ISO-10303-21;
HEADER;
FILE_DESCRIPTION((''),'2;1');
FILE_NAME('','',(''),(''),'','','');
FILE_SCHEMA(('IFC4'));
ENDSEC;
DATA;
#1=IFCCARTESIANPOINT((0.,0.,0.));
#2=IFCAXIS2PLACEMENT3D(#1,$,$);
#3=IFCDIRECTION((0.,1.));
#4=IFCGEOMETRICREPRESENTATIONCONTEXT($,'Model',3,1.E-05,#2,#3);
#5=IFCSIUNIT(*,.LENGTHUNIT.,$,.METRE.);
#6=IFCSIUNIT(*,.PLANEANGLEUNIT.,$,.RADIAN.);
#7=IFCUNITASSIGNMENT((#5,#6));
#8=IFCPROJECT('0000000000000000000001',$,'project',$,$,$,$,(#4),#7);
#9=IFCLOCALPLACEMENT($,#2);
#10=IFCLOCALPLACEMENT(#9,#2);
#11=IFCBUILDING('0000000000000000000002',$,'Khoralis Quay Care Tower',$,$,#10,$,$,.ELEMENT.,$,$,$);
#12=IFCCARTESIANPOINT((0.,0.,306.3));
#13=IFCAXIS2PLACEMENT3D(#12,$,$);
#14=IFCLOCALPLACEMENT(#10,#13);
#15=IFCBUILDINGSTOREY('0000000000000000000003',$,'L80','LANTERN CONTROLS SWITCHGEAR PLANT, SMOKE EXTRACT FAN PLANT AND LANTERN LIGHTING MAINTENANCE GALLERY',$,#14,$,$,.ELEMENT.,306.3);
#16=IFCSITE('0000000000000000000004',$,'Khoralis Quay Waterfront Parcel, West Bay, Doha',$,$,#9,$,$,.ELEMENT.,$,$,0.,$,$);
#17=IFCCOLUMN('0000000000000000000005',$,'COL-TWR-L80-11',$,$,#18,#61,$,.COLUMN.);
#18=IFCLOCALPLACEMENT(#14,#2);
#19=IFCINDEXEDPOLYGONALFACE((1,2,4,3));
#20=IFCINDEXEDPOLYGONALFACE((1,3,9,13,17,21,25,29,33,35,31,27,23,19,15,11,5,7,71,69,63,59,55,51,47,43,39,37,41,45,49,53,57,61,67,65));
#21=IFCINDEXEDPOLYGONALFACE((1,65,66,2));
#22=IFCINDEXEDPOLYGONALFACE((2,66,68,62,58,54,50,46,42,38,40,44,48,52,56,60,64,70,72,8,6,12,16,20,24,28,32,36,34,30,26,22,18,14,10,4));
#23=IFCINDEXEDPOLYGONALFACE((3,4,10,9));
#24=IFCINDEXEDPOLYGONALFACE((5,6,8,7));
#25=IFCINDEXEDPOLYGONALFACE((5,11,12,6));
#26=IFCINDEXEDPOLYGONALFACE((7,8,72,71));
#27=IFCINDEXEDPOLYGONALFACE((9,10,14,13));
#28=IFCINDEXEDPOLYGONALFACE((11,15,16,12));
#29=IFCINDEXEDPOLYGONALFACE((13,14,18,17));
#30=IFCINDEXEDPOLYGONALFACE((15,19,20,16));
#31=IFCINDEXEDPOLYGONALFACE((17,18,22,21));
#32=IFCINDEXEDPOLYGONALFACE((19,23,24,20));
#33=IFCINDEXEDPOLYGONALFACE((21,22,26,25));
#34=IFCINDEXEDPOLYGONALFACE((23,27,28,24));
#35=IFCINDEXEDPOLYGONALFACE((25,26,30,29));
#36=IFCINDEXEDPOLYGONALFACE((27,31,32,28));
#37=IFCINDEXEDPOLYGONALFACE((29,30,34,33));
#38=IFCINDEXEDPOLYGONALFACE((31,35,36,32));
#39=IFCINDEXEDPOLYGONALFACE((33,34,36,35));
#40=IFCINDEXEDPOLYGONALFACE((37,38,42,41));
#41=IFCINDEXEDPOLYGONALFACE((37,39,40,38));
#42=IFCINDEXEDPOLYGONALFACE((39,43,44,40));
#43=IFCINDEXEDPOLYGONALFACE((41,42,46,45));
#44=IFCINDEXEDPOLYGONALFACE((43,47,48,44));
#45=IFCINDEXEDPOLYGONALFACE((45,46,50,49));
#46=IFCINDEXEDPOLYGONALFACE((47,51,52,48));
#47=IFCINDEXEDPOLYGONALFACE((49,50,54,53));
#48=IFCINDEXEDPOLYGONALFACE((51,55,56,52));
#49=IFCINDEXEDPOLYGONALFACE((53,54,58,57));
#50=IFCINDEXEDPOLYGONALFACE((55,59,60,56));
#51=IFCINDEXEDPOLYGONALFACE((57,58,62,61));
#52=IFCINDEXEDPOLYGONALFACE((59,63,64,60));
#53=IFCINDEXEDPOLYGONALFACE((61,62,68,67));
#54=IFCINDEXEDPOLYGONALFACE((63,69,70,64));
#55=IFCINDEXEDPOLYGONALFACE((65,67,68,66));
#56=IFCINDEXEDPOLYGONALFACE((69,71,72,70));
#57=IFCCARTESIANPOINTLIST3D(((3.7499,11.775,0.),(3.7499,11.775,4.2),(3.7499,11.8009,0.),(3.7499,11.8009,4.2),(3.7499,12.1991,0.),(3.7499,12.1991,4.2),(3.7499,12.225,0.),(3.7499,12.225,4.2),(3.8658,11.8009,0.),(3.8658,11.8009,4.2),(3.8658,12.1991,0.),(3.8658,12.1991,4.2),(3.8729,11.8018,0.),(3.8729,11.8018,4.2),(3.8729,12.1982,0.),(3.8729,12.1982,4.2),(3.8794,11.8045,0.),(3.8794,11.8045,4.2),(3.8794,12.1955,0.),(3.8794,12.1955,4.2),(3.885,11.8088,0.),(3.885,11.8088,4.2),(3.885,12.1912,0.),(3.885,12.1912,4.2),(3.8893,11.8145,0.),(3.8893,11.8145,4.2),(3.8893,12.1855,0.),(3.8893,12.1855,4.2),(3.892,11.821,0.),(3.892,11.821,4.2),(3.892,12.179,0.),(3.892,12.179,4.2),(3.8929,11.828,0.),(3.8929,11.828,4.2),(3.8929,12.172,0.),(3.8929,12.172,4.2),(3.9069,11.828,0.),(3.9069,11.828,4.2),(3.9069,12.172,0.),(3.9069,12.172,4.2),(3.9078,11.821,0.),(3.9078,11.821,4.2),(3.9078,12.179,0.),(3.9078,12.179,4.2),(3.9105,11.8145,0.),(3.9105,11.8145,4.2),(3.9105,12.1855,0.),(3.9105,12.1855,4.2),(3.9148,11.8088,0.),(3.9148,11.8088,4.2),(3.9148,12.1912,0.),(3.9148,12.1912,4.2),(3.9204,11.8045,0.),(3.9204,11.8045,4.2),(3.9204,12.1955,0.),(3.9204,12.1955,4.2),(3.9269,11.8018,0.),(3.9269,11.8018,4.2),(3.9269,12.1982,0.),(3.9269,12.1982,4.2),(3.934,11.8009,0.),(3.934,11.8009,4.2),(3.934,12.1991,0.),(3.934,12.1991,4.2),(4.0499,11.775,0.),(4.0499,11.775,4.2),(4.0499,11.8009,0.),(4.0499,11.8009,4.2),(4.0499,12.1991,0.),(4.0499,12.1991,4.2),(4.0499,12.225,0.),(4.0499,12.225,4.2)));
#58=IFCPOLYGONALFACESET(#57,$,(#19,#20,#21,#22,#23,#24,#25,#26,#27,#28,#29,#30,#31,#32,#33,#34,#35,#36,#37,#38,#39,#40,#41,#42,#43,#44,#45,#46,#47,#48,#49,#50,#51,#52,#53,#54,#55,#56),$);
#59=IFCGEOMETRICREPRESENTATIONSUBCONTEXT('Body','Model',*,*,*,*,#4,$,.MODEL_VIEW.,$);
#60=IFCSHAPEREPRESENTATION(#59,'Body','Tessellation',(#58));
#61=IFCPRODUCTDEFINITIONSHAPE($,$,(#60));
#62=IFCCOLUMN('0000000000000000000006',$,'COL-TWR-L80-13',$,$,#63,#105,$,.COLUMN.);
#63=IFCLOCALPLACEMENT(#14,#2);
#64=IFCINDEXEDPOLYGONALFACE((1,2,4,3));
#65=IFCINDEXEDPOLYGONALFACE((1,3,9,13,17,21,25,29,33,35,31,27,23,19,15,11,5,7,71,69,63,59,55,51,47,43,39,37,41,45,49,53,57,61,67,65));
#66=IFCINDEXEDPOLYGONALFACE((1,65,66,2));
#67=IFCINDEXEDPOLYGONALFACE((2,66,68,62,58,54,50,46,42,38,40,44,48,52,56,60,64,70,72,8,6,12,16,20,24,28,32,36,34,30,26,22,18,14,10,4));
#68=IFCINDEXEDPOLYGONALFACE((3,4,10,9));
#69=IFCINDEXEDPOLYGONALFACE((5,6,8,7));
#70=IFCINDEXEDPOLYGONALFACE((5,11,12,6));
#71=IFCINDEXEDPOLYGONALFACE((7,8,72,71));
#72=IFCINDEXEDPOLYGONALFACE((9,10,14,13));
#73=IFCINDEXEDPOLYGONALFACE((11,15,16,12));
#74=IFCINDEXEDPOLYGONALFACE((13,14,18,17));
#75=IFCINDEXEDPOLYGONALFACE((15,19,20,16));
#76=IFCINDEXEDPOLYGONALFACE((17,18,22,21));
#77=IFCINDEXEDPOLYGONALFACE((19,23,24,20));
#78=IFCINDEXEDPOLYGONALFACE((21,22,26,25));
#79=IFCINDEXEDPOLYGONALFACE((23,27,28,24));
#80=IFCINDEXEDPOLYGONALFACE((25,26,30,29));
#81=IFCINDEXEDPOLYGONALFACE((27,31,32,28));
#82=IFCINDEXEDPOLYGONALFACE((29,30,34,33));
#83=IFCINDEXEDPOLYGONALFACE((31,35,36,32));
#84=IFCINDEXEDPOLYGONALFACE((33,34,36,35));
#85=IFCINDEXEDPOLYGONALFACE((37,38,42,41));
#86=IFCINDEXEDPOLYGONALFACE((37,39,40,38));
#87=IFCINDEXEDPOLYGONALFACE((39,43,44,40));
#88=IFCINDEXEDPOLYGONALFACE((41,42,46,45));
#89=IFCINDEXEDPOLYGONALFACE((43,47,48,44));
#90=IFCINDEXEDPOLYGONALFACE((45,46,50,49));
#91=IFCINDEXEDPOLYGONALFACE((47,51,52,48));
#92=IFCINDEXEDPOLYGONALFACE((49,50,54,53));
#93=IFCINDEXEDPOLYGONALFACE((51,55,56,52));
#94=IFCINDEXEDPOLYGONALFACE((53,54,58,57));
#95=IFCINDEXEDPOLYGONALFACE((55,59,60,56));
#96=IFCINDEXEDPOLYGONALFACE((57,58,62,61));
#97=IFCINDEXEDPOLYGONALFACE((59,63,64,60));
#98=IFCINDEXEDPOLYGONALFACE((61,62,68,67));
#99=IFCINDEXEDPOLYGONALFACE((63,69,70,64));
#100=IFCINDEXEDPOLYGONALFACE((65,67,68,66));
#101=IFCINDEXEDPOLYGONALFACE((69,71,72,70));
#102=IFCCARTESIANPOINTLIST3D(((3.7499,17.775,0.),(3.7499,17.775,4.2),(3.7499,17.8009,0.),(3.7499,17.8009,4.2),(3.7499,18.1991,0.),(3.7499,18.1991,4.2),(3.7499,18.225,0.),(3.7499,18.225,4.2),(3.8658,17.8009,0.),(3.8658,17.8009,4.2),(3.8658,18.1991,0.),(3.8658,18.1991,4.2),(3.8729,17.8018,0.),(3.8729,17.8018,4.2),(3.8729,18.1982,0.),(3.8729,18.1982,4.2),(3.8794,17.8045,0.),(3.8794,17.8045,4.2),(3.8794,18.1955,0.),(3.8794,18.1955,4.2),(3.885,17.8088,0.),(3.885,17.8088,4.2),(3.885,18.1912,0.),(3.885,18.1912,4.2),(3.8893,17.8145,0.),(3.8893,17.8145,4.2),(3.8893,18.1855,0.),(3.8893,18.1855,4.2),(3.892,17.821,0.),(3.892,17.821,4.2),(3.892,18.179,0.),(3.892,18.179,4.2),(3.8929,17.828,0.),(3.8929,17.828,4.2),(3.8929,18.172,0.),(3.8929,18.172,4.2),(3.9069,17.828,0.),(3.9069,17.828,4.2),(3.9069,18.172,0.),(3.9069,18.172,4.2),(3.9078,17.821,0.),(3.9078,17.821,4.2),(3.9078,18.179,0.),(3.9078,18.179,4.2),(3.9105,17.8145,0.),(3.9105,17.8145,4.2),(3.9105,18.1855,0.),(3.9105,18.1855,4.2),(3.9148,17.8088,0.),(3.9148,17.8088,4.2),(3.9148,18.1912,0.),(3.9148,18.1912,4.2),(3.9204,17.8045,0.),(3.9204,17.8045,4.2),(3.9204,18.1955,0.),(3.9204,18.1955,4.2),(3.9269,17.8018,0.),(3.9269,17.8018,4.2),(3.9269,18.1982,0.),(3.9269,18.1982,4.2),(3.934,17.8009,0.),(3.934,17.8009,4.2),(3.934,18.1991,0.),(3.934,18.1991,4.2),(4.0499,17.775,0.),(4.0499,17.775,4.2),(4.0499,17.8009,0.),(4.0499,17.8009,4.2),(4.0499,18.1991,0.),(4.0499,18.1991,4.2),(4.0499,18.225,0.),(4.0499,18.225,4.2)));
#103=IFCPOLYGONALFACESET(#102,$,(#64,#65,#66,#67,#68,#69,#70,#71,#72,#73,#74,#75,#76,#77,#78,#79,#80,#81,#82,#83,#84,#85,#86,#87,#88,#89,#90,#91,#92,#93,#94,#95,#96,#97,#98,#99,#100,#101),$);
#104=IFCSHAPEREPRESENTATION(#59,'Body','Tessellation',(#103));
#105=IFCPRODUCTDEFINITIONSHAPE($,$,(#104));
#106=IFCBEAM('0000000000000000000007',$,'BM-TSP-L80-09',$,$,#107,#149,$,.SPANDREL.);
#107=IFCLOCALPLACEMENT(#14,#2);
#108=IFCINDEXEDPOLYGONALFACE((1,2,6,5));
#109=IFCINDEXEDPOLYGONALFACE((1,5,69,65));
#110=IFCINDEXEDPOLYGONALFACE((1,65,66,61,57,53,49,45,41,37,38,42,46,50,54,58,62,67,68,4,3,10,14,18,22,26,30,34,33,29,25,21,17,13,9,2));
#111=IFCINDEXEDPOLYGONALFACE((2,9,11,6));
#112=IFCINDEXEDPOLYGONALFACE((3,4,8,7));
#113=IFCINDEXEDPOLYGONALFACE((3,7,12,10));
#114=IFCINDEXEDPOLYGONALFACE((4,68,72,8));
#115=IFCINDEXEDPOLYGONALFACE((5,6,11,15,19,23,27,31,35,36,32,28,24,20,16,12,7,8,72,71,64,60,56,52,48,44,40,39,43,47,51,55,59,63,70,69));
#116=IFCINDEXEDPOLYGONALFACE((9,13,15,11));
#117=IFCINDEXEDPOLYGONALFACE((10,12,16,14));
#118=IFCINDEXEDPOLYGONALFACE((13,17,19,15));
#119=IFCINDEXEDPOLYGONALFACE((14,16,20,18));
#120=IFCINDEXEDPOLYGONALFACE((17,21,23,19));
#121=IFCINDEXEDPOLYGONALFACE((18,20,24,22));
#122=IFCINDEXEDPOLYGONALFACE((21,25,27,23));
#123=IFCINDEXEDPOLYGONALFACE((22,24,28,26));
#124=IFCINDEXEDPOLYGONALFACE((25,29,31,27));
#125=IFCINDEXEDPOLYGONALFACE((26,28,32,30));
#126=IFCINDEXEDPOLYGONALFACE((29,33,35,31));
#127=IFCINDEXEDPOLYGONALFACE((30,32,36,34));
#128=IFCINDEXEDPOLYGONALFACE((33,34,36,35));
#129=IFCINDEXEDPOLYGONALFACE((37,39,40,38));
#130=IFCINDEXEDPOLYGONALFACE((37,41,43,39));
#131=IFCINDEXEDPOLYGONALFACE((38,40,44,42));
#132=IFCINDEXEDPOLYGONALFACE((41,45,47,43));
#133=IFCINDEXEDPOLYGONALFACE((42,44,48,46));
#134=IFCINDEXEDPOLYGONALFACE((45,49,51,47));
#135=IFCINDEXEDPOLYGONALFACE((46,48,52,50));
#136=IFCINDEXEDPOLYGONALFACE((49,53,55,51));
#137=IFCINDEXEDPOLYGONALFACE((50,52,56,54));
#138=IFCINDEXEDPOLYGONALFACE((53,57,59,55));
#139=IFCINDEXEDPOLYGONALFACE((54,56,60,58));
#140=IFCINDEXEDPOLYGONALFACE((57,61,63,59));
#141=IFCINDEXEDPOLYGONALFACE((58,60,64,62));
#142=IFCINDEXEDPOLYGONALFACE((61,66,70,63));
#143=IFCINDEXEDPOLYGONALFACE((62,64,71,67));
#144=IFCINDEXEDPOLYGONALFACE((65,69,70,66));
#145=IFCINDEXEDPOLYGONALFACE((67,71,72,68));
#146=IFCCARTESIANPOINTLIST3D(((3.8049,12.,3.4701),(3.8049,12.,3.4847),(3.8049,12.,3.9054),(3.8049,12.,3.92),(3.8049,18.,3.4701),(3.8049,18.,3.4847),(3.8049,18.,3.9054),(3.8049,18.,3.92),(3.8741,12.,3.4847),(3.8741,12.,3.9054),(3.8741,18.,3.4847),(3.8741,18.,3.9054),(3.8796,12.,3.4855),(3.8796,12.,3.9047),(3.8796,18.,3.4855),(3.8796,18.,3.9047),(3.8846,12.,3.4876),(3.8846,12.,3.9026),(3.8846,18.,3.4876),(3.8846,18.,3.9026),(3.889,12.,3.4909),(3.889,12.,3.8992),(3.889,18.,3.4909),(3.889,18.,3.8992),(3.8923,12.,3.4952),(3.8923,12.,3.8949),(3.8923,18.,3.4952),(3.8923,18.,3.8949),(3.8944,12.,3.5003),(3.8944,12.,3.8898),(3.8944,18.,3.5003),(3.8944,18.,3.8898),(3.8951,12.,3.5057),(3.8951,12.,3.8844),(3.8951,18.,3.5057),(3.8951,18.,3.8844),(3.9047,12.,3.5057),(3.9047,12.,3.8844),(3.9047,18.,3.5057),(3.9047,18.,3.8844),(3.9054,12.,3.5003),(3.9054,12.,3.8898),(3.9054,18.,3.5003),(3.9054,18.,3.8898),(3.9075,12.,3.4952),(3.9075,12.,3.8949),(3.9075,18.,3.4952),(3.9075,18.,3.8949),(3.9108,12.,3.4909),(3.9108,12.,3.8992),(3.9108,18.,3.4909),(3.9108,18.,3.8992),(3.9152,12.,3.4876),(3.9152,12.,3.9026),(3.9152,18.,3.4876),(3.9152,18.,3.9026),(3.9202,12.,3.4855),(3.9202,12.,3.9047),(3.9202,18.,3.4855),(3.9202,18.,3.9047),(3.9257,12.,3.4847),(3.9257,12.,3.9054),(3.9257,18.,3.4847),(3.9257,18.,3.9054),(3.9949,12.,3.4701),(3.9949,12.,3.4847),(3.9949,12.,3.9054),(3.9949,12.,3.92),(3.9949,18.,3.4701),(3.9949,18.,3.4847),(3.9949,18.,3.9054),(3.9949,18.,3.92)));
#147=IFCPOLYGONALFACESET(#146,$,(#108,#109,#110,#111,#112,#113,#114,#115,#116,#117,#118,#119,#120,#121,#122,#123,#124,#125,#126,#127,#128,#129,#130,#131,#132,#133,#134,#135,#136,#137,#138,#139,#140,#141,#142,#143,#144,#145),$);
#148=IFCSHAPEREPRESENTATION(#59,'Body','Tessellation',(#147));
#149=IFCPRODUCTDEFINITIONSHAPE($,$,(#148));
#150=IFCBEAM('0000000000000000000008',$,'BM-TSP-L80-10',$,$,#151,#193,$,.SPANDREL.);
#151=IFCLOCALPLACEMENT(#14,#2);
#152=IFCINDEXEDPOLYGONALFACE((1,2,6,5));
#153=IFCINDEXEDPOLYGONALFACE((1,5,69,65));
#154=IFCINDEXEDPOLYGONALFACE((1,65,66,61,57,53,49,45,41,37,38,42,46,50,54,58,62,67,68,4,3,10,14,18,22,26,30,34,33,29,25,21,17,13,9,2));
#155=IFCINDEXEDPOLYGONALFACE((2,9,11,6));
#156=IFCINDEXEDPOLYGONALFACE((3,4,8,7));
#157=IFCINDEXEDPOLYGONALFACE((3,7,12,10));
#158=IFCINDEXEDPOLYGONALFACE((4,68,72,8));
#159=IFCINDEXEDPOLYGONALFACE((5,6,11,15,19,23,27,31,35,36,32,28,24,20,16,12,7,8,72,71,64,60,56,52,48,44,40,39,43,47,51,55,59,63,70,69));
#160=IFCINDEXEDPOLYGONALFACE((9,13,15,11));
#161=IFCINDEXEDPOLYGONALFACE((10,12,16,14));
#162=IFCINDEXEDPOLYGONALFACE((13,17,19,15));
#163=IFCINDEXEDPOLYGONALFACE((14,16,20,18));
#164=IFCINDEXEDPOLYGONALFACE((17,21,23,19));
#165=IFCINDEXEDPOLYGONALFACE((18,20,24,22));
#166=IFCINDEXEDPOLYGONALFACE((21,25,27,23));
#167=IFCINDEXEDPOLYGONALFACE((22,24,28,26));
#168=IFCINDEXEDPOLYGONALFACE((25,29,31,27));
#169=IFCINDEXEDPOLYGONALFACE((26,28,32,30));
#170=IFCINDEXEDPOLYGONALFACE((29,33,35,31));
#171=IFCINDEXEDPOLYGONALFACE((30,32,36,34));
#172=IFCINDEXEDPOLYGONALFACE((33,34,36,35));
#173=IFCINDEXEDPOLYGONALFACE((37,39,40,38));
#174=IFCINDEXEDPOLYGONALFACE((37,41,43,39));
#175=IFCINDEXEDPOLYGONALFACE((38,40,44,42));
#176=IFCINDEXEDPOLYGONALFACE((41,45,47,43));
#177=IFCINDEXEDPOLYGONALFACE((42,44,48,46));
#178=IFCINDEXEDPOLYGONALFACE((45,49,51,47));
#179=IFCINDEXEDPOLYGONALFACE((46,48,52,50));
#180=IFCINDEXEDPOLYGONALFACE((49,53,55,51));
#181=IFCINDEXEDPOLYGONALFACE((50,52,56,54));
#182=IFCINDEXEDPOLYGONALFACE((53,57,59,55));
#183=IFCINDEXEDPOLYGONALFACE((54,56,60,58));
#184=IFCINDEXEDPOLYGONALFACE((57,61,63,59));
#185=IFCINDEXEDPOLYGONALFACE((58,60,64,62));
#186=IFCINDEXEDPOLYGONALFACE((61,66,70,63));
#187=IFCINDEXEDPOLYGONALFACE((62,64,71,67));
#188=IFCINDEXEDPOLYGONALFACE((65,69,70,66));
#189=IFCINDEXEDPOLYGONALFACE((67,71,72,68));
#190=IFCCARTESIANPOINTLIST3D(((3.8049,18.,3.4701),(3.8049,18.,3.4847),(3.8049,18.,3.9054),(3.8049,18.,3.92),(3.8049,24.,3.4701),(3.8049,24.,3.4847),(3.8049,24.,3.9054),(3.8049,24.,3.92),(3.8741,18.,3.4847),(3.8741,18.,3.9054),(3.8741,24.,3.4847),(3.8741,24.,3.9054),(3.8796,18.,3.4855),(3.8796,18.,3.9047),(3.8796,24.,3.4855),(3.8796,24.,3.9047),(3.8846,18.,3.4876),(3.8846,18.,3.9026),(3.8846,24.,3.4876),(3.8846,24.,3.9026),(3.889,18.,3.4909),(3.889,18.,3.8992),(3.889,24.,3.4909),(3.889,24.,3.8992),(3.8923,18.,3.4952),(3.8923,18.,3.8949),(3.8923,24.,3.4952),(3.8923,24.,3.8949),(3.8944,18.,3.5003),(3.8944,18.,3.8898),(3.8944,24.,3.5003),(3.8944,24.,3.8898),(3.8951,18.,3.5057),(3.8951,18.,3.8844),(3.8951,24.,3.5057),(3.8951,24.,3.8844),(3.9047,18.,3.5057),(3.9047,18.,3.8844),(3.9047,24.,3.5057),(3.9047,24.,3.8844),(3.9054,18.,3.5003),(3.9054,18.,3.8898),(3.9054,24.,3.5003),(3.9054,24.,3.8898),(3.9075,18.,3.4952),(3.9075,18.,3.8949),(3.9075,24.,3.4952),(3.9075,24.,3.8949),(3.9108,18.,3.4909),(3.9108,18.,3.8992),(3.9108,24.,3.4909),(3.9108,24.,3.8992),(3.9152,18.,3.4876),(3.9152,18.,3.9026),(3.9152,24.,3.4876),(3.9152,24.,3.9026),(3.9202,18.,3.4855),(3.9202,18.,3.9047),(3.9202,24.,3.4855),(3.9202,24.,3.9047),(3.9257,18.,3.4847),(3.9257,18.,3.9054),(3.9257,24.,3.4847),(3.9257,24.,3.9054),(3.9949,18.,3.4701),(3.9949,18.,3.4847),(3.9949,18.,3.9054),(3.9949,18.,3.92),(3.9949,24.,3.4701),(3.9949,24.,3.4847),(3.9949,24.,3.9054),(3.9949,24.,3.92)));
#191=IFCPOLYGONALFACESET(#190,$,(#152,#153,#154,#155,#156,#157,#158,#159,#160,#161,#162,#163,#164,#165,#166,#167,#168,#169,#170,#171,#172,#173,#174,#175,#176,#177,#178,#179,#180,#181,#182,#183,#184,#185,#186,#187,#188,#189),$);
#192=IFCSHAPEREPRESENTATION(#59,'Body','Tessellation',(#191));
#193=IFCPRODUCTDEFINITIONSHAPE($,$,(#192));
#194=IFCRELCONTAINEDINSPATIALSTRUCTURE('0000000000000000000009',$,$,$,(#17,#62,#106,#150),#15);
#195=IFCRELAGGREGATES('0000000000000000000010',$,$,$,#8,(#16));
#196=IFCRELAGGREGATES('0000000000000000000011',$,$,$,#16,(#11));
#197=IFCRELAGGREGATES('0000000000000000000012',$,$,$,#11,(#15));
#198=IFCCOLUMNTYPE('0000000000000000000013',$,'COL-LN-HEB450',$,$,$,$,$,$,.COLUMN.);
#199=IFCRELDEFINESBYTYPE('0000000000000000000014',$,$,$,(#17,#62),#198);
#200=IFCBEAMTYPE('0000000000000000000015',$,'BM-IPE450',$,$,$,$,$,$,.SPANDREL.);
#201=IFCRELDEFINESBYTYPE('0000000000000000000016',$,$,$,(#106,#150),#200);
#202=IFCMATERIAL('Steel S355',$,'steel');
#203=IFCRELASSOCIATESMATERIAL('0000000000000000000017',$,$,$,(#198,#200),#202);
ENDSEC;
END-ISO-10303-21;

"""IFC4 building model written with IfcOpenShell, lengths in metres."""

from ifc_helpers import new_model, si_unit, direction, frame, origin, origin_2d, place, context, subcontext, project, spatial, i_section, extrude, source, transform, mapped, material, material_profile, profile_set, type_object, element, save


model = new_model("IFC4")

# Units and contexts
model_context = context("Model", 3, precision=1e-05, world=origin(), true_north=direction((0.0, 1.0)))
body_context = subcontext(model_context, "Body", "Model", "MODEL_VIEW")
ifc_project = project(units=[si_unit("LENGTHUNIT", "METRE"), si_unit("PLANEANGLEUNIT", "RADIAN")], contexts=[model_context])

# Site, building, storey
site_placement = place(None, origin())
site = spatial("IfcSite", under=ifc_project, at=site_placement, Name="Khoralis Quay Waterfront Parcel, West Bay, Doha", CompositionType="ELEMENT", RefElevation=0.0)
building_placement = place(site_placement, origin())
building = spatial("IfcBuilding", under=site, at=building_placement, Name="Khoralis Quay Care Tower", CompositionType="ELEMENT")
storey_placement = place(building_placement, frame((0.0, 0.0, 306.3)))
storey = spatial("IfcBuildingStorey", under=building, at=storey_placement, Name="L80", Description="LANTERN CONTROLS SWITCHGEAR PLANT, SMOKE EXTRACT FAN PLANT AND LANTERN LIGHTING MAINTENANCE GALLERY", CompositionType="ELEMENT", Elevation=306.3)

# Columns
ifc_material_1 = material(Name="Steel S355", Category="steel")
ifc_material_profile_1 = material_profile(ifc_material_1, i_section(OverallWidth=0.3, OverallDepth=0.45, WebThickness=0.0139, FlangeThickness=0.0259, FilletRadius=0.0271, at=origin_2d()), Name="Steel S355")
ifc_profile_set_1 = profile_set([ifc_material_profile_1], Name="Steel S355")
column_type = type_object("IfcColumnType", Name="COL-LN-HEB450", PredefinedType="COLUMN", material=ifc_profile_set_1)
shared_shape_1 = source(origin(), body_context, "Body", "SweptSolid", [
    extrude(i_section(OverallWidth=0.3, OverallDepth=0.45, WebThickness=0.0139, FlangeThickness=0.0259, FilletRadius=0.0271, at=origin_2d()), origin(), (0.0, 0.0, 1.0), 4.2),
])
for number, where, z_axis, x_axis, name in (
    (1, (3.8999, 12.0, 0.0), (0.0, 0.0, 1.0), (1.0, 0.0, 0.0), "COL-TWR-L80-11"),
    (2, (3.8999, 18.0, 0.0), (0.0, 0.0, 1.0), (1.0, 0.0, 0.0), "COL-TWR-L80-13"),
):
    element("IfcColumn", number, at=place(storey_placement, frame(where, z_axis=z_axis, x_axis=x_axis)), inside=storey, type_object=column_type, Name=name, PredefinedType="COLUMN", context=body_context, shape_type="MappedRepresentation", body=[
        mapped(shared_shape_1, transform((0.0, 0.0, 0.0), scale=1.0)),
    ])

# Beams
ifc_material_profile_2 = material_profile(ifc_material_1, i_section(OverallWidth=0.1899, OverallDepth=0.45, WebThickness=0.0095, FlangeThickness=0.0146, FilletRadius=0.021, at=origin_2d()), Name="Steel S355")
ifc_profile_set_2 = profile_set([ifc_material_profile_2], Name="Steel S355")
beam_type_1 = type_object("IfcBeamType", Name="BM-IPE450", PredefinedType="SPANDREL", material=ifc_profile_set_2)
shared_shape_2 = source(origin(), body_context, "Body", "SweptSolid", [
    extrude(i_section(OverallWidth=0.1899, OverallDepth=0.45, WebThickness=0.0095, FlangeThickness=0.0146, FilletRadius=0.021, at=origin_2d()), origin(), (0.0, 0.0, 1.0), 6.0),
])
for number, where, z_axis, x_axis, name in (
    (3, (3.8999, 12.0, 3.6951), (0.0, 1.0, 0.0), (-1.0, 0.0, 0.0), "BM-TSP-L80-09"),
    (4, (3.8999, 18.0, 3.6951), (0.0, 1.0, 0.0), (-1.0, 0.0, 0.0), "BM-TSP-L80-10"),
):
    element("IfcBeam", number, at=place(storey_placement, frame(where, z_axis=z_axis, x_axis=x_axis)), inside=storey, type_object=beam_type_1, Name=name, PredefinedType="SPANDREL", context=body_context, shape_type="MappedRepresentation", body=[
        mapped(shared_shape_2, transform((0.0, 0.0, 0.0), scale=1.0)),
    ])

save(model, "model.ifc")
